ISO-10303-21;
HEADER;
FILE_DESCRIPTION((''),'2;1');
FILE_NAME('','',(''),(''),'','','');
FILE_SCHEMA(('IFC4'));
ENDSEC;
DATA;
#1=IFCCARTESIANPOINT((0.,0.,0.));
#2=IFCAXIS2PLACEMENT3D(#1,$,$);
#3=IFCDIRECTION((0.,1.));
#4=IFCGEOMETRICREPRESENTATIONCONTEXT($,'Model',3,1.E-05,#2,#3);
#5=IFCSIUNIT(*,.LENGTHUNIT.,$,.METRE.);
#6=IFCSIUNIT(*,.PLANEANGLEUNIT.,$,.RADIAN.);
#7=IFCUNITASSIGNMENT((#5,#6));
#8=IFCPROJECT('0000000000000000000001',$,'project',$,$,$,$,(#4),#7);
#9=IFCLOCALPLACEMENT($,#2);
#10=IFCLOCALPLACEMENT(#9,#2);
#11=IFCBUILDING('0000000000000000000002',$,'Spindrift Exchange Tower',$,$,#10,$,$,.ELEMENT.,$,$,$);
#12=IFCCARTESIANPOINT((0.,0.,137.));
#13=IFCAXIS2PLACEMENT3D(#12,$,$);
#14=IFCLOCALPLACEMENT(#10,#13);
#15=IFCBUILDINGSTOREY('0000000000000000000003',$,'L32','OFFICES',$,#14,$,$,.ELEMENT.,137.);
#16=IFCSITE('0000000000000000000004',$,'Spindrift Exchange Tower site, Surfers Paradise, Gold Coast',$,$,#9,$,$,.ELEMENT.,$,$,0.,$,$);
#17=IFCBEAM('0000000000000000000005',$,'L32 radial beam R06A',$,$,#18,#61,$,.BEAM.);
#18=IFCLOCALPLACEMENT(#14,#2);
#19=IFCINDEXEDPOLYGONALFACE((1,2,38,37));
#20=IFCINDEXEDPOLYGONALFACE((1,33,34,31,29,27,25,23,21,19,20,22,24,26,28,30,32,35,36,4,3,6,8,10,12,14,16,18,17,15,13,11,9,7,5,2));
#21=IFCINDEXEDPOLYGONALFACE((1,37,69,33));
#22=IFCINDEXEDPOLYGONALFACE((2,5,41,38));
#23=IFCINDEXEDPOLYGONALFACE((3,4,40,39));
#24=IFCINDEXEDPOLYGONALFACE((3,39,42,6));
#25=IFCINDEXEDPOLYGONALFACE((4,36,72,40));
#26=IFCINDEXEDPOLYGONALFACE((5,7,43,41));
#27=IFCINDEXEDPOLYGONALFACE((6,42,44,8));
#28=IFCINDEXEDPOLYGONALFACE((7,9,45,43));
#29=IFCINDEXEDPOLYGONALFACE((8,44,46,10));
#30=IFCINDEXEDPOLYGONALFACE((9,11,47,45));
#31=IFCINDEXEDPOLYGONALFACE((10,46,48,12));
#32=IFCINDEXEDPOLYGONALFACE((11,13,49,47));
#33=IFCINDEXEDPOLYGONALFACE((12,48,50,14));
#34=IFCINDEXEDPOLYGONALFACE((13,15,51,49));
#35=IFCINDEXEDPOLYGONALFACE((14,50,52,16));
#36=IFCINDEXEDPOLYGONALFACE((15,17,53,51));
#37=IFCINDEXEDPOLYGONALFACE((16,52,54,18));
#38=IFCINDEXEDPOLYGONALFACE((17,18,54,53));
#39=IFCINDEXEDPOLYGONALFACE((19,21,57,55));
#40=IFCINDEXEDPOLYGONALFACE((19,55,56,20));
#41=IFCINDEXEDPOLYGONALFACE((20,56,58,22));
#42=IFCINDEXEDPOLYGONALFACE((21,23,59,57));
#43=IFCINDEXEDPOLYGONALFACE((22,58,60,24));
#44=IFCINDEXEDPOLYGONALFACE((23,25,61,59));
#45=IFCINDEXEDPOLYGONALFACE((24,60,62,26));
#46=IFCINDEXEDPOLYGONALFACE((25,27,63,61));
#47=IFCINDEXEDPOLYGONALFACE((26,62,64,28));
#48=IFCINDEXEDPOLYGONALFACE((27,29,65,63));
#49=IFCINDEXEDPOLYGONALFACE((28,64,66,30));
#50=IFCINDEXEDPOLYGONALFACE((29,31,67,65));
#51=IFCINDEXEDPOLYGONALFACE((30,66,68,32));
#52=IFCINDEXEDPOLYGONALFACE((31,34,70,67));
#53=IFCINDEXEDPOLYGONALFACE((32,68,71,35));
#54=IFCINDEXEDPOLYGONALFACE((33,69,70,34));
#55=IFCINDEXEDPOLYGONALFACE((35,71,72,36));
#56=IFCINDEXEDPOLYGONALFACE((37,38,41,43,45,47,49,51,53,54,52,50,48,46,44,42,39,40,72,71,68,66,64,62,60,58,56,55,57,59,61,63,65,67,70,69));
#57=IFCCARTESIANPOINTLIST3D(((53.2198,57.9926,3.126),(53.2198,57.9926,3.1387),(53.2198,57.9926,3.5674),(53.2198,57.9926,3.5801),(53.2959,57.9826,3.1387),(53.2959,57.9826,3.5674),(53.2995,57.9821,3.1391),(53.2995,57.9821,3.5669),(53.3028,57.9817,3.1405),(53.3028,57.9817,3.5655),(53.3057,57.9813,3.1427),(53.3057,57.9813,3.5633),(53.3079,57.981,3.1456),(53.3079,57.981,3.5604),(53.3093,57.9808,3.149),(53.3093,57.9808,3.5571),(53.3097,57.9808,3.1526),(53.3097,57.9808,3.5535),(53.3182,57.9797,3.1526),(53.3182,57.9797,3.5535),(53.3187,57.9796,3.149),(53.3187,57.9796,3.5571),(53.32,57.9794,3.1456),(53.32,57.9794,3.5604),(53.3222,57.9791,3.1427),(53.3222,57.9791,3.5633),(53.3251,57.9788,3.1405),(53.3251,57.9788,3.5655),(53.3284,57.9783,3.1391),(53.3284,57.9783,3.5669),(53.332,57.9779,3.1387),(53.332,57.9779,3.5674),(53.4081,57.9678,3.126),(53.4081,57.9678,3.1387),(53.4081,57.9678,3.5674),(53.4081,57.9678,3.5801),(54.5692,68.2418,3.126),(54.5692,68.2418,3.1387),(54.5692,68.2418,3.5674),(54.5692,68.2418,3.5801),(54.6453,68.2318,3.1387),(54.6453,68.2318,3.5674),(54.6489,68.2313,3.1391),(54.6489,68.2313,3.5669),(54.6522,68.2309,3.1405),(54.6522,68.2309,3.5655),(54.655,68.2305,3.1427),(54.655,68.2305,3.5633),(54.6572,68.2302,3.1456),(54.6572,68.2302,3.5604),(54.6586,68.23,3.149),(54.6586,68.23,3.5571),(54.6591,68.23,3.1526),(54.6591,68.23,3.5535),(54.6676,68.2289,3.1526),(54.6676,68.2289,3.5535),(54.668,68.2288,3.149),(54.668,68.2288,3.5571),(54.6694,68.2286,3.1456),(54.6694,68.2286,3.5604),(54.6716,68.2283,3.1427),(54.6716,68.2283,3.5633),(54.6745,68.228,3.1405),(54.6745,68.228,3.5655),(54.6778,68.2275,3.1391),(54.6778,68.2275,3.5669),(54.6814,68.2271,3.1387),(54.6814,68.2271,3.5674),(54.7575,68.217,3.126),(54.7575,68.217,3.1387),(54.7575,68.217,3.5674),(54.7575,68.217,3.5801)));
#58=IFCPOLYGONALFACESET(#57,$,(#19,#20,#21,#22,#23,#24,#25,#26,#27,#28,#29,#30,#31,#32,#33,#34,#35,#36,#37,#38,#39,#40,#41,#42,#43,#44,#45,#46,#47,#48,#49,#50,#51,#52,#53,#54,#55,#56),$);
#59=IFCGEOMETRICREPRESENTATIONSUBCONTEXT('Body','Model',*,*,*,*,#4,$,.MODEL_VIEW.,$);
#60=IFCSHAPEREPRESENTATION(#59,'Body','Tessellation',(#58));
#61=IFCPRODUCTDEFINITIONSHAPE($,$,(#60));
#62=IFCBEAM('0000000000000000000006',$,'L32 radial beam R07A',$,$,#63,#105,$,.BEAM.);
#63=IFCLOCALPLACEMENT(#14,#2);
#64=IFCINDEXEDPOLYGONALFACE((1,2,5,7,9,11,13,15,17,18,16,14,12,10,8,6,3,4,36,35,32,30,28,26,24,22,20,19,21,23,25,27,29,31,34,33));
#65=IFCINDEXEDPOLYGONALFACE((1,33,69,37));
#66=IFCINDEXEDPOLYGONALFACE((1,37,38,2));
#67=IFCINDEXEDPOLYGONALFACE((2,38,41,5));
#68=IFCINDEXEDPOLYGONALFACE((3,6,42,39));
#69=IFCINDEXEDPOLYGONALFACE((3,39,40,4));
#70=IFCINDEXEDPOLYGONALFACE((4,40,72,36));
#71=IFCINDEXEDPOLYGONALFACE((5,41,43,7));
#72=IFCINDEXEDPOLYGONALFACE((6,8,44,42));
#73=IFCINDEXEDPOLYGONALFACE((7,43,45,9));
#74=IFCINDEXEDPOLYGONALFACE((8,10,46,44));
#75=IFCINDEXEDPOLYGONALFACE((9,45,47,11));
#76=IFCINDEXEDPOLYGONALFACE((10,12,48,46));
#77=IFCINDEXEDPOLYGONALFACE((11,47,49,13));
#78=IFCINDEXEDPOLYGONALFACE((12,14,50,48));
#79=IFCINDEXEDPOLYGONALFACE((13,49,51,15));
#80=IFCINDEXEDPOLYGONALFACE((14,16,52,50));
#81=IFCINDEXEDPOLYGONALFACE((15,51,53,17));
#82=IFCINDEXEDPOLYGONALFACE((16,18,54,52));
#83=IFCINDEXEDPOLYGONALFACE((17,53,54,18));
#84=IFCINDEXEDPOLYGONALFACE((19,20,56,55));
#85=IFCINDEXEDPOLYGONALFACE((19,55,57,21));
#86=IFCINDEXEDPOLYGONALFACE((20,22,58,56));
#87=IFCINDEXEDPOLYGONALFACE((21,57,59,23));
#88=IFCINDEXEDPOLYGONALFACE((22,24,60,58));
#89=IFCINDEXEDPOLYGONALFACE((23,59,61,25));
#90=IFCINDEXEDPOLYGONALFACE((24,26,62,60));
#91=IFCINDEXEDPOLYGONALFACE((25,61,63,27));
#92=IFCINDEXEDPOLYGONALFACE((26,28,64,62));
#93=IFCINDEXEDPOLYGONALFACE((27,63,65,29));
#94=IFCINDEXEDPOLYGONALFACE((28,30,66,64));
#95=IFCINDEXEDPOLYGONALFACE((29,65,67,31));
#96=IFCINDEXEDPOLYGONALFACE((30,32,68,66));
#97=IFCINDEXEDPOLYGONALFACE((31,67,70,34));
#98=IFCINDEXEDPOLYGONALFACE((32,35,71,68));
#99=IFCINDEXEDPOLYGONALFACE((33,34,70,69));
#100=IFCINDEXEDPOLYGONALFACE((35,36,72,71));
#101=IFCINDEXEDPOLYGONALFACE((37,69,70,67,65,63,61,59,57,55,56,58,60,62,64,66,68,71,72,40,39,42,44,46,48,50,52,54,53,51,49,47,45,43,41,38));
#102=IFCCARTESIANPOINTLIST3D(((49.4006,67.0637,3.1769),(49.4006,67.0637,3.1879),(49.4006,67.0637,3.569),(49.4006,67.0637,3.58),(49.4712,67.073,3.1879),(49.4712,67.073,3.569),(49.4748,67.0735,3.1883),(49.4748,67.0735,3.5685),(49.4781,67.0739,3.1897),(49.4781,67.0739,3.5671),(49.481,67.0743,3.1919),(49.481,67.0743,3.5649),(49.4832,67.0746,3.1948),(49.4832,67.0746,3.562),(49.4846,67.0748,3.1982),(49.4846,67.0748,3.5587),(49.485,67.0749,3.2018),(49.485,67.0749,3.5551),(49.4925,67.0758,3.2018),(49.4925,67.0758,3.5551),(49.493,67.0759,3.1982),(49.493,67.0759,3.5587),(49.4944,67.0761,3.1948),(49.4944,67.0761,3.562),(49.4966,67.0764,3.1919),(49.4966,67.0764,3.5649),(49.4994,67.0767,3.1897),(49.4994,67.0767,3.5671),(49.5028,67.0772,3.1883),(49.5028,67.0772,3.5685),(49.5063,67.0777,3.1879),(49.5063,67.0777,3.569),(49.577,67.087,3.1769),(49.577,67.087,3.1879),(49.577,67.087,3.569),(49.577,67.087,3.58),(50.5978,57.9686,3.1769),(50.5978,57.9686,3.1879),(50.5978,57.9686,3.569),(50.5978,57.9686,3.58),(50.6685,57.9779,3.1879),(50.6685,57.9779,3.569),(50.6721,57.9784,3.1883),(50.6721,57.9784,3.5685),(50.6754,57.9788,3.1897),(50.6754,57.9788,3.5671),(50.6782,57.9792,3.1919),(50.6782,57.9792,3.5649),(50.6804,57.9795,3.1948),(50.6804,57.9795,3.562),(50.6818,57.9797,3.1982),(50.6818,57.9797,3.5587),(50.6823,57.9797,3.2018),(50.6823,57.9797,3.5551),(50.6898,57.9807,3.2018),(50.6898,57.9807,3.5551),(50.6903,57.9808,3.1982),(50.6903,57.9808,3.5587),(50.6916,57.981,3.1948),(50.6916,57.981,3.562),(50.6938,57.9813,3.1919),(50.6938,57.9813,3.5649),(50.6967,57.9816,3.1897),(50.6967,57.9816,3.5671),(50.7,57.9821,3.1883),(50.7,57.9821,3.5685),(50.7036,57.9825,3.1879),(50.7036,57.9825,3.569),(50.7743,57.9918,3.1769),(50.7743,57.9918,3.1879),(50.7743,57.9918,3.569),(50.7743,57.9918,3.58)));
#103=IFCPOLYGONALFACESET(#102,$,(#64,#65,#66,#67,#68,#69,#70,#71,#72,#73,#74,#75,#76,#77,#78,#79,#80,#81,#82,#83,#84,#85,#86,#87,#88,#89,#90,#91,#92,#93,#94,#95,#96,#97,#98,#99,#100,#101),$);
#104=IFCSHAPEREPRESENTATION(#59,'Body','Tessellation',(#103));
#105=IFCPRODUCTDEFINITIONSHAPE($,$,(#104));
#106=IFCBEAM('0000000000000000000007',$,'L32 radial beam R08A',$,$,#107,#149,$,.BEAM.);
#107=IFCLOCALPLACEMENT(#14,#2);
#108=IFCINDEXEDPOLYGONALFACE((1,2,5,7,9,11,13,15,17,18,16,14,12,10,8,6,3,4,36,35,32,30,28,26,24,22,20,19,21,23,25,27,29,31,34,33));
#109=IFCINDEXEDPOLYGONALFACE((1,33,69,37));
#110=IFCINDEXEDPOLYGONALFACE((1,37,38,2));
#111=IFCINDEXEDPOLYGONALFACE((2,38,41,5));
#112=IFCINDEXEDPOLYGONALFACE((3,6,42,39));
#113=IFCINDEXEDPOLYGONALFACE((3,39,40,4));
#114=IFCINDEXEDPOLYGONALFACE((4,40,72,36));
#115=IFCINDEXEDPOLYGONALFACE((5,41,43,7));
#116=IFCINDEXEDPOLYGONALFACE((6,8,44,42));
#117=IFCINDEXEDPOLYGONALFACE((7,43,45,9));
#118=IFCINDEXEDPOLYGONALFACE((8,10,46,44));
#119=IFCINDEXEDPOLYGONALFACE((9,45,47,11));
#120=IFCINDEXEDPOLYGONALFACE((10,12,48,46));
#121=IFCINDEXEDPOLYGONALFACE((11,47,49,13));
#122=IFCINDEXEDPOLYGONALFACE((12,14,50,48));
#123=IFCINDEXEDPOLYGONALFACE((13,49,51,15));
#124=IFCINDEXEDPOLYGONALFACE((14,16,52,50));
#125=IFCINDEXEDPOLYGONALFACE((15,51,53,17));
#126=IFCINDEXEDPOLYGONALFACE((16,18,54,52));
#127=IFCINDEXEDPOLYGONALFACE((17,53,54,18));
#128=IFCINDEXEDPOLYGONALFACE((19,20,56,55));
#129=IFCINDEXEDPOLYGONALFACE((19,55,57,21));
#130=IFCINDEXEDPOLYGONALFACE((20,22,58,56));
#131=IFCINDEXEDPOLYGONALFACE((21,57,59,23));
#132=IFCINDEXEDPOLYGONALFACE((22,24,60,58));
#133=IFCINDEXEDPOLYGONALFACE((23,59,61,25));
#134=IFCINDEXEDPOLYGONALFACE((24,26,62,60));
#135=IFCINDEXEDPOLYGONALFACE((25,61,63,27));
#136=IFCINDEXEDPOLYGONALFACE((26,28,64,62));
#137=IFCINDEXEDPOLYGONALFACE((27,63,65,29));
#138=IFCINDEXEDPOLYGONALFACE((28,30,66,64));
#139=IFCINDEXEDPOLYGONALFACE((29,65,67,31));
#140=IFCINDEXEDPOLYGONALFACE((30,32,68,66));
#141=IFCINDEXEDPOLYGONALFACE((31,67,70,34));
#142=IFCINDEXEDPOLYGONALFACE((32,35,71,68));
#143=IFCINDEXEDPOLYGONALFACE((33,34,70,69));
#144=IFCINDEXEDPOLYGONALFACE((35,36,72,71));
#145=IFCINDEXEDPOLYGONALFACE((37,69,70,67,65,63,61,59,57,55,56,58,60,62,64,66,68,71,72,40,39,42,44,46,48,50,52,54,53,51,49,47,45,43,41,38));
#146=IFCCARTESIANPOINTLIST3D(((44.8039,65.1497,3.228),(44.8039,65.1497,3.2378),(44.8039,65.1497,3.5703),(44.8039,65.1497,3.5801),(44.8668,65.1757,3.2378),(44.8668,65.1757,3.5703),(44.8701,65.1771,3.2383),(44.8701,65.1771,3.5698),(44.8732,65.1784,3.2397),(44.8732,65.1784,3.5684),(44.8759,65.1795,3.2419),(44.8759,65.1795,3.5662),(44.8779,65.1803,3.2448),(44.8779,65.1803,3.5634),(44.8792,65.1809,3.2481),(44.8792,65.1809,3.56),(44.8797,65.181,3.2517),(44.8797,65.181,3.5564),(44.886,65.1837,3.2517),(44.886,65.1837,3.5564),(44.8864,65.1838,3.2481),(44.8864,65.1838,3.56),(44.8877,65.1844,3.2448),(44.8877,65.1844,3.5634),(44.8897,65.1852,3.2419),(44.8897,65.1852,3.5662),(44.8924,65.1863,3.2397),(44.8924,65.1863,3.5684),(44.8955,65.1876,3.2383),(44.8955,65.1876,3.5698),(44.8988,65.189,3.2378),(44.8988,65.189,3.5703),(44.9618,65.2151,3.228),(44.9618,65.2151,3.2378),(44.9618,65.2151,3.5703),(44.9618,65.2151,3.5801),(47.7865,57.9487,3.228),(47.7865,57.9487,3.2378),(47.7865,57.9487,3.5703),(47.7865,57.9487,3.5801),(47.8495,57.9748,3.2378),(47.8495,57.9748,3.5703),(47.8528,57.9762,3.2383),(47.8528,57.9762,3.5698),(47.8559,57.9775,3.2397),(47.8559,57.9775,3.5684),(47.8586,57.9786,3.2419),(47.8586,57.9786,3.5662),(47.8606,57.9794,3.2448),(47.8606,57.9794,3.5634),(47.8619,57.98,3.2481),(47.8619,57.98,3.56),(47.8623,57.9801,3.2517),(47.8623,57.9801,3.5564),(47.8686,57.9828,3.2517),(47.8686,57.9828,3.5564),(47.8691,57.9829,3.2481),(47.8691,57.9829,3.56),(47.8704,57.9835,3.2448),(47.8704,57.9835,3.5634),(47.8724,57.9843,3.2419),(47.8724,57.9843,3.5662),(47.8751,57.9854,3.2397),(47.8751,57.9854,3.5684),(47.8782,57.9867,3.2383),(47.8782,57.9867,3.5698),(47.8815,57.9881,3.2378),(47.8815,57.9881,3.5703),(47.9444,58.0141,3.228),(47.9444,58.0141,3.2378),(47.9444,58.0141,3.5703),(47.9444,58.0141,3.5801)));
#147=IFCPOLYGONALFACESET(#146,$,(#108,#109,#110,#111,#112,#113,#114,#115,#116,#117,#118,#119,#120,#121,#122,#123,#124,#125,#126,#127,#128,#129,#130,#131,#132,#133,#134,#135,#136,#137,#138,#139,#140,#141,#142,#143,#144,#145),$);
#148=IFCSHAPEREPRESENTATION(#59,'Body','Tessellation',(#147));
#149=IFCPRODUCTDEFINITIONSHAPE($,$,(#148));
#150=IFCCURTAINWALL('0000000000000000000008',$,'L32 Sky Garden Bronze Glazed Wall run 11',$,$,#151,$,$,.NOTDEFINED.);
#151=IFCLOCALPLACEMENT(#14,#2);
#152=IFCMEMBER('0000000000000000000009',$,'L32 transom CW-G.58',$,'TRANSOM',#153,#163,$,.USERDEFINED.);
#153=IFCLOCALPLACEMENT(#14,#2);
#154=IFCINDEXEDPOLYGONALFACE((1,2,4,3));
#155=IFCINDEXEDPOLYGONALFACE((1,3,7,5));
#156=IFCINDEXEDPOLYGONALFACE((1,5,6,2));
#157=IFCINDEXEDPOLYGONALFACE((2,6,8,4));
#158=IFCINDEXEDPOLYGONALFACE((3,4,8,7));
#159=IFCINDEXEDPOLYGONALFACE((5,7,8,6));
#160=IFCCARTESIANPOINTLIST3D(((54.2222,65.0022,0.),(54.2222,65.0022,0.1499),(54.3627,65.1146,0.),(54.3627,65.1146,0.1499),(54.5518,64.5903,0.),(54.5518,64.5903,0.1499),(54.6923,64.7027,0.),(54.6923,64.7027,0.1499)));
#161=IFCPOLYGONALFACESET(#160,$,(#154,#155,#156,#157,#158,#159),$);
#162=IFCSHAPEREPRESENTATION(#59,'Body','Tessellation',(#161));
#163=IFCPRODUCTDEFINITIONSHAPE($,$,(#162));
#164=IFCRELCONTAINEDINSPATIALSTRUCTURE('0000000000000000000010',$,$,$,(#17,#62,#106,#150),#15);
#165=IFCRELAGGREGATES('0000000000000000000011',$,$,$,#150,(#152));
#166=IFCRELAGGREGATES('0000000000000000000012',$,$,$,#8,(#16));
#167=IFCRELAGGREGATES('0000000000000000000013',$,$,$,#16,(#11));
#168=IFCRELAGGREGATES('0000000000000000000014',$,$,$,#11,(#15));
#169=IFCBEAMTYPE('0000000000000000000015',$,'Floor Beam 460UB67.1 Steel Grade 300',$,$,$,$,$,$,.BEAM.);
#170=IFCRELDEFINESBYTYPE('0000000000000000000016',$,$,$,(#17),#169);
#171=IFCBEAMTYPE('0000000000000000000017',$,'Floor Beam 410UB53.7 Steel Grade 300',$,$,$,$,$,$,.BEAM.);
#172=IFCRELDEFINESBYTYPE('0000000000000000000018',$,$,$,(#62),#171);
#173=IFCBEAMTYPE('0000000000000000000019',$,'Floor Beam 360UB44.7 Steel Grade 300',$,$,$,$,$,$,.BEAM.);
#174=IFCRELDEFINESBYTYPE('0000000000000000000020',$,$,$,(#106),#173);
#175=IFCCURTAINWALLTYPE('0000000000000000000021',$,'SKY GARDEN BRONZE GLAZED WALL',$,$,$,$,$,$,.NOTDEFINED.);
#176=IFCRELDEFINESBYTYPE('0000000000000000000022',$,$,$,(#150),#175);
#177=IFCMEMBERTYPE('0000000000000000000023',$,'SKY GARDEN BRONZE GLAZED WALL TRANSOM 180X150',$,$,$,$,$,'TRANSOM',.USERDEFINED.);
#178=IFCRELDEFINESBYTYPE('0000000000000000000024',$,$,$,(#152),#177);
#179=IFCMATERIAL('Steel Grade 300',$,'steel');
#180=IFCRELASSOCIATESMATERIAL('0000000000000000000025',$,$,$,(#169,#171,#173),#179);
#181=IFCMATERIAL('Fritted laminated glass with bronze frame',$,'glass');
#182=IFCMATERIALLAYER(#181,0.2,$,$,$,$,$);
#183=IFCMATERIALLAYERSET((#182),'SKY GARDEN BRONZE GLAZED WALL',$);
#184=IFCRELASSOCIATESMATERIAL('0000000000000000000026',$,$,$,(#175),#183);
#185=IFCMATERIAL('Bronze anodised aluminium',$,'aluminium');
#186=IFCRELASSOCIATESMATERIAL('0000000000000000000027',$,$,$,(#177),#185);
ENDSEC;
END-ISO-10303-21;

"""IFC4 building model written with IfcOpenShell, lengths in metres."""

from ifc_helpers import new_model, si_unit, direction, frame, origin, origin_2d, place, context, subcontext, project, spatial, rectangle, i_section, extrude, source, transform, mapped, material, layer, layer_set, material_profile, profile_set, type_object, element, aggregate, save


model = new_model("IFC4")

# Units and contexts
model_context = context("Model", 3, precision=1e-05, world=origin(), true_north=direction((0.0, 1.0)))
body_context = subcontext(model_context, "Body", "Model", "MODEL_VIEW")
ifc_project = project(units=[si_unit("LENGTHUNIT", "METRE"), si_unit("PLANEANGLEUNIT", "RADIAN")], contexts=[model_context])

# Site, building, storey
site_placement = place(None, origin())
site = spatial("IfcSite", under=ifc_project, at=site_placement, Name="Spindrift Exchange Tower site, Surfers Paradise, Gold Coast", CompositionType="ELEMENT", RefElevation=0.0)
building_placement = place(site_placement, origin())
building = spatial("IfcBuilding", under=site, at=building_placement, Name="Spindrift Exchange Tower", CompositionType="ELEMENT")
storey_placement = place(building_placement, frame((0.0, 0.0, 137.0)))
storey = spatial("IfcBuildingStorey", under=building, at=storey_placement, Name="L32", Description="OFFICES", CompositionType="ELEMENT", Elevation=137.0)

# Beams
ifc_material_1 = material(Name="Steel Grade 300", Category="steel")
ifc_material_profile_1 = material_profile(ifc_material_1, i_section(OverallWidth=0.1899, OverallDepth=0.4541, WebThickness=0.0085, FlangeThickness=0.0127, FilletRadius=0.0139, at=origin_2d()), Name="460UB67.1")
ifc_profile_set_1 = profile_set([ifc_material_profile_1], Name="Steel Grade 300")
beam_type_1 = type_object("IfcBeamType", Name="Floor Beam 460UB67.1 Steel Grade 300", PredefinedType="BEAM", material=ifc_profile_set_1)
shared_shape_1 = source(origin(), body_context, "Body", "SweptSolid", [
    extrude(i_section(OverallWidth=0.1899, OverallDepth=0.4541, WebThickness=0.0085, FlangeThickness=0.0127, FilletRadius=0.0139, at=origin_2d()), origin(), (0.0, 0.0, 1.0), 10.3376),
])
beam_1_placement = place(storey_placement, frame((53.314, 57.9802, 3.353), z_axis=(0.130528, 0.991445, 0.0), x_axis=(-0.991445, 0.130528, 0.0)))
element("IfcBeam", 1, at=beam_1_placement, inside=storey, type_object=beam_type_1, Name="L32 radial beam R06A", PredefinedType="BEAM", context=body_context, shape_type="MappedRepresentation", body=[
    mapped(shared_shape_1, transform((0.0, 0.0, 0.0), scale=1.0)),
])
ifc_material_profile_2 = material_profile(ifc_material_1, i_section(OverallWidth=0.178, OverallDepth=0.4031, WebThickness=0.0076, FlangeThickness=0.011, FilletRadius=0.0139, at=origin_2d()), Name="410UB53.7")
ifc_profile_set_2 = profile_set([ifc_material_profile_2], Name="Steel Grade 300")
beam_type_2 = type_object("IfcBeamType", Name="Floor Beam 410UB53.7 Steel Grade 300", PredefinedType="BEAM", material=ifc_profile_set_2)
shared_shape_2 = source(origin(), body_context, "Body", "SweptSolid", [
    extrude(i_section(OverallWidth=0.178, OverallDepth=0.4031, WebThickness=0.0076, FlangeThickness=0.011, FilletRadius=0.0139, at=origin_2d()), origin(), (0.0, 0.0, 1.0), 9.1736),
])
beam_2_placement = place(storey_placement, frame((50.686, 57.9802, 3.3784), z_axis=(-0.130511, 0.991447, 0.0), x_axis=(-0.991447, -0.130511, 0.0)))
element("IfcBeam", 2, at=beam_2_placement, inside=storey, type_object=beam_type_2, Name="L32 radial beam R07A", PredefinedType="BEAM", context=body_context, shape_type="MappedRepresentation", body=[
    mapped(shared_shape_2, transform((0.0, 0.0, 0.0), scale=1.0)),
])
ifc_material_profile_3 = material_profile(ifc_material_1, i_section(OverallWidth=0.1709, OverallDepth=0.3521, WebThickness=0.0068, FlangeThickness=0.0098, FilletRadius=0.0139, at=origin_2d()), Name="360UB44.7")
ifc_profile_set_3 = profile_set([ifc_material_profile_3], Name="Steel Grade 300")
beam_type_3 = type_object("IfcBeamType", Name="Floor Beam 360UB44.7 Steel Grade 300", PredefinedType="BEAM", material=ifc_profile_set_3)
shared_shape_3 = source(origin(), body_context, "Body", "SweptSolid", [
    extrude(i_section(OverallWidth=0.1709, OverallDepth=0.3521, WebThickness=0.0068, FlangeThickness=0.0098, FilletRadius=0.0139, at=origin_2d()), origin(), (0.0, 0.0, 1.0), 7.7942),
])
beam_3_placement = place(storey_placement, frame((47.8655, 57.9814, 3.4041), z_axis=(-0.382677, 0.923882, 0.0), x_axis=(-0.923882, -0.382677, 0.0)))
element("IfcBeam", 3, at=beam_3_placement, inside=storey, type_object=beam_type_3, Name="L32 radial beam R08A", PredefinedType="BEAM", context=body_context, shape_type="MappedRepresentation", body=[
    mapped(shared_shape_3, transform((0.0, 0.0, 0.0), scale=1.0)),
])

# Curtain wall, member
ifc_material_2 = material(Name="Fritted laminated glass with bronze frame", Category="glass")
ifc_layer_1 = layer(ifc_material_2, 0.2)
ifc_layer_set_1 = layer_set([ifc_layer_1], Name="SKY GARDEN BRONZE GLAZED WALL")
curtain_wall_type = type_object("IfcCurtainWallType", Name="SKY GARDEN BRONZE GLAZED WALL", PredefinedType="NOTDEFINED", material=ifc_layer_set_1)
curtain_wall_placement = place(storey_placement, origin())
curtain_wall = element("IfcCurtainWall", 4, at=curtain_wall_placement, inside=storey, type_object=curtain_wall_type, Name="L32 Sky Garden Bronze Glazed Wall run 11", PredefinedType="NOTDEFINED")
ifc_material_3 = material(Name="Bronze anodised aluminium", Category="aluminium")
ifc_material_profile_4 = material_profile(ifc_material_3, rectangle(XDim=0.1799, YDim=0.1499, at=origin_2d()), Name="SKY GARDEN BRONZE GLAZED WALL TRANSOM 180X150")
ifc_profile_set_4 = profile_set([ifc_material_profile_4], Name="Bronze anodised aluminium")
member_type = type_object("IfcMemberType", Name="SKY GARDEN BRONZE GLAZED WALL TRANSOM 180X150", ElementType="TRANSOM", PredefinedType="USERDEFINED", material=ifc_profile_set_4)
shared_shape_4 = source(origin(), body_context, "Body", "SweptSolid", [
    extrude(rectangle(XDim=0.1799, YDim=0.1499, at=origin_2d()), origin(), (0.0, 0.0, 1.0), 0.5276),
])
member_placement = place(storey_placement, frame((54.6221, 64.6465, 0.075), z_axis=(-0.624808, 0.780778, 0.0), x_axis=(-0.780778, -0.624808, 0.0)))
member = element("IfcMember", 5, at=member_placement, type_object=member_type, Name="L32 transom CW-G.58", ObjectType="TRANSOM", PredefinedType="USERDEFINED", context=body_context, shape_type="MappedRepresentation", body=[
    mapped(shared_shape_4, transform((0.0, 0.0, 0.0), scale=1.0)),
])
aggregate(curtain_wall, [member])

save(model, "model.ifc")
